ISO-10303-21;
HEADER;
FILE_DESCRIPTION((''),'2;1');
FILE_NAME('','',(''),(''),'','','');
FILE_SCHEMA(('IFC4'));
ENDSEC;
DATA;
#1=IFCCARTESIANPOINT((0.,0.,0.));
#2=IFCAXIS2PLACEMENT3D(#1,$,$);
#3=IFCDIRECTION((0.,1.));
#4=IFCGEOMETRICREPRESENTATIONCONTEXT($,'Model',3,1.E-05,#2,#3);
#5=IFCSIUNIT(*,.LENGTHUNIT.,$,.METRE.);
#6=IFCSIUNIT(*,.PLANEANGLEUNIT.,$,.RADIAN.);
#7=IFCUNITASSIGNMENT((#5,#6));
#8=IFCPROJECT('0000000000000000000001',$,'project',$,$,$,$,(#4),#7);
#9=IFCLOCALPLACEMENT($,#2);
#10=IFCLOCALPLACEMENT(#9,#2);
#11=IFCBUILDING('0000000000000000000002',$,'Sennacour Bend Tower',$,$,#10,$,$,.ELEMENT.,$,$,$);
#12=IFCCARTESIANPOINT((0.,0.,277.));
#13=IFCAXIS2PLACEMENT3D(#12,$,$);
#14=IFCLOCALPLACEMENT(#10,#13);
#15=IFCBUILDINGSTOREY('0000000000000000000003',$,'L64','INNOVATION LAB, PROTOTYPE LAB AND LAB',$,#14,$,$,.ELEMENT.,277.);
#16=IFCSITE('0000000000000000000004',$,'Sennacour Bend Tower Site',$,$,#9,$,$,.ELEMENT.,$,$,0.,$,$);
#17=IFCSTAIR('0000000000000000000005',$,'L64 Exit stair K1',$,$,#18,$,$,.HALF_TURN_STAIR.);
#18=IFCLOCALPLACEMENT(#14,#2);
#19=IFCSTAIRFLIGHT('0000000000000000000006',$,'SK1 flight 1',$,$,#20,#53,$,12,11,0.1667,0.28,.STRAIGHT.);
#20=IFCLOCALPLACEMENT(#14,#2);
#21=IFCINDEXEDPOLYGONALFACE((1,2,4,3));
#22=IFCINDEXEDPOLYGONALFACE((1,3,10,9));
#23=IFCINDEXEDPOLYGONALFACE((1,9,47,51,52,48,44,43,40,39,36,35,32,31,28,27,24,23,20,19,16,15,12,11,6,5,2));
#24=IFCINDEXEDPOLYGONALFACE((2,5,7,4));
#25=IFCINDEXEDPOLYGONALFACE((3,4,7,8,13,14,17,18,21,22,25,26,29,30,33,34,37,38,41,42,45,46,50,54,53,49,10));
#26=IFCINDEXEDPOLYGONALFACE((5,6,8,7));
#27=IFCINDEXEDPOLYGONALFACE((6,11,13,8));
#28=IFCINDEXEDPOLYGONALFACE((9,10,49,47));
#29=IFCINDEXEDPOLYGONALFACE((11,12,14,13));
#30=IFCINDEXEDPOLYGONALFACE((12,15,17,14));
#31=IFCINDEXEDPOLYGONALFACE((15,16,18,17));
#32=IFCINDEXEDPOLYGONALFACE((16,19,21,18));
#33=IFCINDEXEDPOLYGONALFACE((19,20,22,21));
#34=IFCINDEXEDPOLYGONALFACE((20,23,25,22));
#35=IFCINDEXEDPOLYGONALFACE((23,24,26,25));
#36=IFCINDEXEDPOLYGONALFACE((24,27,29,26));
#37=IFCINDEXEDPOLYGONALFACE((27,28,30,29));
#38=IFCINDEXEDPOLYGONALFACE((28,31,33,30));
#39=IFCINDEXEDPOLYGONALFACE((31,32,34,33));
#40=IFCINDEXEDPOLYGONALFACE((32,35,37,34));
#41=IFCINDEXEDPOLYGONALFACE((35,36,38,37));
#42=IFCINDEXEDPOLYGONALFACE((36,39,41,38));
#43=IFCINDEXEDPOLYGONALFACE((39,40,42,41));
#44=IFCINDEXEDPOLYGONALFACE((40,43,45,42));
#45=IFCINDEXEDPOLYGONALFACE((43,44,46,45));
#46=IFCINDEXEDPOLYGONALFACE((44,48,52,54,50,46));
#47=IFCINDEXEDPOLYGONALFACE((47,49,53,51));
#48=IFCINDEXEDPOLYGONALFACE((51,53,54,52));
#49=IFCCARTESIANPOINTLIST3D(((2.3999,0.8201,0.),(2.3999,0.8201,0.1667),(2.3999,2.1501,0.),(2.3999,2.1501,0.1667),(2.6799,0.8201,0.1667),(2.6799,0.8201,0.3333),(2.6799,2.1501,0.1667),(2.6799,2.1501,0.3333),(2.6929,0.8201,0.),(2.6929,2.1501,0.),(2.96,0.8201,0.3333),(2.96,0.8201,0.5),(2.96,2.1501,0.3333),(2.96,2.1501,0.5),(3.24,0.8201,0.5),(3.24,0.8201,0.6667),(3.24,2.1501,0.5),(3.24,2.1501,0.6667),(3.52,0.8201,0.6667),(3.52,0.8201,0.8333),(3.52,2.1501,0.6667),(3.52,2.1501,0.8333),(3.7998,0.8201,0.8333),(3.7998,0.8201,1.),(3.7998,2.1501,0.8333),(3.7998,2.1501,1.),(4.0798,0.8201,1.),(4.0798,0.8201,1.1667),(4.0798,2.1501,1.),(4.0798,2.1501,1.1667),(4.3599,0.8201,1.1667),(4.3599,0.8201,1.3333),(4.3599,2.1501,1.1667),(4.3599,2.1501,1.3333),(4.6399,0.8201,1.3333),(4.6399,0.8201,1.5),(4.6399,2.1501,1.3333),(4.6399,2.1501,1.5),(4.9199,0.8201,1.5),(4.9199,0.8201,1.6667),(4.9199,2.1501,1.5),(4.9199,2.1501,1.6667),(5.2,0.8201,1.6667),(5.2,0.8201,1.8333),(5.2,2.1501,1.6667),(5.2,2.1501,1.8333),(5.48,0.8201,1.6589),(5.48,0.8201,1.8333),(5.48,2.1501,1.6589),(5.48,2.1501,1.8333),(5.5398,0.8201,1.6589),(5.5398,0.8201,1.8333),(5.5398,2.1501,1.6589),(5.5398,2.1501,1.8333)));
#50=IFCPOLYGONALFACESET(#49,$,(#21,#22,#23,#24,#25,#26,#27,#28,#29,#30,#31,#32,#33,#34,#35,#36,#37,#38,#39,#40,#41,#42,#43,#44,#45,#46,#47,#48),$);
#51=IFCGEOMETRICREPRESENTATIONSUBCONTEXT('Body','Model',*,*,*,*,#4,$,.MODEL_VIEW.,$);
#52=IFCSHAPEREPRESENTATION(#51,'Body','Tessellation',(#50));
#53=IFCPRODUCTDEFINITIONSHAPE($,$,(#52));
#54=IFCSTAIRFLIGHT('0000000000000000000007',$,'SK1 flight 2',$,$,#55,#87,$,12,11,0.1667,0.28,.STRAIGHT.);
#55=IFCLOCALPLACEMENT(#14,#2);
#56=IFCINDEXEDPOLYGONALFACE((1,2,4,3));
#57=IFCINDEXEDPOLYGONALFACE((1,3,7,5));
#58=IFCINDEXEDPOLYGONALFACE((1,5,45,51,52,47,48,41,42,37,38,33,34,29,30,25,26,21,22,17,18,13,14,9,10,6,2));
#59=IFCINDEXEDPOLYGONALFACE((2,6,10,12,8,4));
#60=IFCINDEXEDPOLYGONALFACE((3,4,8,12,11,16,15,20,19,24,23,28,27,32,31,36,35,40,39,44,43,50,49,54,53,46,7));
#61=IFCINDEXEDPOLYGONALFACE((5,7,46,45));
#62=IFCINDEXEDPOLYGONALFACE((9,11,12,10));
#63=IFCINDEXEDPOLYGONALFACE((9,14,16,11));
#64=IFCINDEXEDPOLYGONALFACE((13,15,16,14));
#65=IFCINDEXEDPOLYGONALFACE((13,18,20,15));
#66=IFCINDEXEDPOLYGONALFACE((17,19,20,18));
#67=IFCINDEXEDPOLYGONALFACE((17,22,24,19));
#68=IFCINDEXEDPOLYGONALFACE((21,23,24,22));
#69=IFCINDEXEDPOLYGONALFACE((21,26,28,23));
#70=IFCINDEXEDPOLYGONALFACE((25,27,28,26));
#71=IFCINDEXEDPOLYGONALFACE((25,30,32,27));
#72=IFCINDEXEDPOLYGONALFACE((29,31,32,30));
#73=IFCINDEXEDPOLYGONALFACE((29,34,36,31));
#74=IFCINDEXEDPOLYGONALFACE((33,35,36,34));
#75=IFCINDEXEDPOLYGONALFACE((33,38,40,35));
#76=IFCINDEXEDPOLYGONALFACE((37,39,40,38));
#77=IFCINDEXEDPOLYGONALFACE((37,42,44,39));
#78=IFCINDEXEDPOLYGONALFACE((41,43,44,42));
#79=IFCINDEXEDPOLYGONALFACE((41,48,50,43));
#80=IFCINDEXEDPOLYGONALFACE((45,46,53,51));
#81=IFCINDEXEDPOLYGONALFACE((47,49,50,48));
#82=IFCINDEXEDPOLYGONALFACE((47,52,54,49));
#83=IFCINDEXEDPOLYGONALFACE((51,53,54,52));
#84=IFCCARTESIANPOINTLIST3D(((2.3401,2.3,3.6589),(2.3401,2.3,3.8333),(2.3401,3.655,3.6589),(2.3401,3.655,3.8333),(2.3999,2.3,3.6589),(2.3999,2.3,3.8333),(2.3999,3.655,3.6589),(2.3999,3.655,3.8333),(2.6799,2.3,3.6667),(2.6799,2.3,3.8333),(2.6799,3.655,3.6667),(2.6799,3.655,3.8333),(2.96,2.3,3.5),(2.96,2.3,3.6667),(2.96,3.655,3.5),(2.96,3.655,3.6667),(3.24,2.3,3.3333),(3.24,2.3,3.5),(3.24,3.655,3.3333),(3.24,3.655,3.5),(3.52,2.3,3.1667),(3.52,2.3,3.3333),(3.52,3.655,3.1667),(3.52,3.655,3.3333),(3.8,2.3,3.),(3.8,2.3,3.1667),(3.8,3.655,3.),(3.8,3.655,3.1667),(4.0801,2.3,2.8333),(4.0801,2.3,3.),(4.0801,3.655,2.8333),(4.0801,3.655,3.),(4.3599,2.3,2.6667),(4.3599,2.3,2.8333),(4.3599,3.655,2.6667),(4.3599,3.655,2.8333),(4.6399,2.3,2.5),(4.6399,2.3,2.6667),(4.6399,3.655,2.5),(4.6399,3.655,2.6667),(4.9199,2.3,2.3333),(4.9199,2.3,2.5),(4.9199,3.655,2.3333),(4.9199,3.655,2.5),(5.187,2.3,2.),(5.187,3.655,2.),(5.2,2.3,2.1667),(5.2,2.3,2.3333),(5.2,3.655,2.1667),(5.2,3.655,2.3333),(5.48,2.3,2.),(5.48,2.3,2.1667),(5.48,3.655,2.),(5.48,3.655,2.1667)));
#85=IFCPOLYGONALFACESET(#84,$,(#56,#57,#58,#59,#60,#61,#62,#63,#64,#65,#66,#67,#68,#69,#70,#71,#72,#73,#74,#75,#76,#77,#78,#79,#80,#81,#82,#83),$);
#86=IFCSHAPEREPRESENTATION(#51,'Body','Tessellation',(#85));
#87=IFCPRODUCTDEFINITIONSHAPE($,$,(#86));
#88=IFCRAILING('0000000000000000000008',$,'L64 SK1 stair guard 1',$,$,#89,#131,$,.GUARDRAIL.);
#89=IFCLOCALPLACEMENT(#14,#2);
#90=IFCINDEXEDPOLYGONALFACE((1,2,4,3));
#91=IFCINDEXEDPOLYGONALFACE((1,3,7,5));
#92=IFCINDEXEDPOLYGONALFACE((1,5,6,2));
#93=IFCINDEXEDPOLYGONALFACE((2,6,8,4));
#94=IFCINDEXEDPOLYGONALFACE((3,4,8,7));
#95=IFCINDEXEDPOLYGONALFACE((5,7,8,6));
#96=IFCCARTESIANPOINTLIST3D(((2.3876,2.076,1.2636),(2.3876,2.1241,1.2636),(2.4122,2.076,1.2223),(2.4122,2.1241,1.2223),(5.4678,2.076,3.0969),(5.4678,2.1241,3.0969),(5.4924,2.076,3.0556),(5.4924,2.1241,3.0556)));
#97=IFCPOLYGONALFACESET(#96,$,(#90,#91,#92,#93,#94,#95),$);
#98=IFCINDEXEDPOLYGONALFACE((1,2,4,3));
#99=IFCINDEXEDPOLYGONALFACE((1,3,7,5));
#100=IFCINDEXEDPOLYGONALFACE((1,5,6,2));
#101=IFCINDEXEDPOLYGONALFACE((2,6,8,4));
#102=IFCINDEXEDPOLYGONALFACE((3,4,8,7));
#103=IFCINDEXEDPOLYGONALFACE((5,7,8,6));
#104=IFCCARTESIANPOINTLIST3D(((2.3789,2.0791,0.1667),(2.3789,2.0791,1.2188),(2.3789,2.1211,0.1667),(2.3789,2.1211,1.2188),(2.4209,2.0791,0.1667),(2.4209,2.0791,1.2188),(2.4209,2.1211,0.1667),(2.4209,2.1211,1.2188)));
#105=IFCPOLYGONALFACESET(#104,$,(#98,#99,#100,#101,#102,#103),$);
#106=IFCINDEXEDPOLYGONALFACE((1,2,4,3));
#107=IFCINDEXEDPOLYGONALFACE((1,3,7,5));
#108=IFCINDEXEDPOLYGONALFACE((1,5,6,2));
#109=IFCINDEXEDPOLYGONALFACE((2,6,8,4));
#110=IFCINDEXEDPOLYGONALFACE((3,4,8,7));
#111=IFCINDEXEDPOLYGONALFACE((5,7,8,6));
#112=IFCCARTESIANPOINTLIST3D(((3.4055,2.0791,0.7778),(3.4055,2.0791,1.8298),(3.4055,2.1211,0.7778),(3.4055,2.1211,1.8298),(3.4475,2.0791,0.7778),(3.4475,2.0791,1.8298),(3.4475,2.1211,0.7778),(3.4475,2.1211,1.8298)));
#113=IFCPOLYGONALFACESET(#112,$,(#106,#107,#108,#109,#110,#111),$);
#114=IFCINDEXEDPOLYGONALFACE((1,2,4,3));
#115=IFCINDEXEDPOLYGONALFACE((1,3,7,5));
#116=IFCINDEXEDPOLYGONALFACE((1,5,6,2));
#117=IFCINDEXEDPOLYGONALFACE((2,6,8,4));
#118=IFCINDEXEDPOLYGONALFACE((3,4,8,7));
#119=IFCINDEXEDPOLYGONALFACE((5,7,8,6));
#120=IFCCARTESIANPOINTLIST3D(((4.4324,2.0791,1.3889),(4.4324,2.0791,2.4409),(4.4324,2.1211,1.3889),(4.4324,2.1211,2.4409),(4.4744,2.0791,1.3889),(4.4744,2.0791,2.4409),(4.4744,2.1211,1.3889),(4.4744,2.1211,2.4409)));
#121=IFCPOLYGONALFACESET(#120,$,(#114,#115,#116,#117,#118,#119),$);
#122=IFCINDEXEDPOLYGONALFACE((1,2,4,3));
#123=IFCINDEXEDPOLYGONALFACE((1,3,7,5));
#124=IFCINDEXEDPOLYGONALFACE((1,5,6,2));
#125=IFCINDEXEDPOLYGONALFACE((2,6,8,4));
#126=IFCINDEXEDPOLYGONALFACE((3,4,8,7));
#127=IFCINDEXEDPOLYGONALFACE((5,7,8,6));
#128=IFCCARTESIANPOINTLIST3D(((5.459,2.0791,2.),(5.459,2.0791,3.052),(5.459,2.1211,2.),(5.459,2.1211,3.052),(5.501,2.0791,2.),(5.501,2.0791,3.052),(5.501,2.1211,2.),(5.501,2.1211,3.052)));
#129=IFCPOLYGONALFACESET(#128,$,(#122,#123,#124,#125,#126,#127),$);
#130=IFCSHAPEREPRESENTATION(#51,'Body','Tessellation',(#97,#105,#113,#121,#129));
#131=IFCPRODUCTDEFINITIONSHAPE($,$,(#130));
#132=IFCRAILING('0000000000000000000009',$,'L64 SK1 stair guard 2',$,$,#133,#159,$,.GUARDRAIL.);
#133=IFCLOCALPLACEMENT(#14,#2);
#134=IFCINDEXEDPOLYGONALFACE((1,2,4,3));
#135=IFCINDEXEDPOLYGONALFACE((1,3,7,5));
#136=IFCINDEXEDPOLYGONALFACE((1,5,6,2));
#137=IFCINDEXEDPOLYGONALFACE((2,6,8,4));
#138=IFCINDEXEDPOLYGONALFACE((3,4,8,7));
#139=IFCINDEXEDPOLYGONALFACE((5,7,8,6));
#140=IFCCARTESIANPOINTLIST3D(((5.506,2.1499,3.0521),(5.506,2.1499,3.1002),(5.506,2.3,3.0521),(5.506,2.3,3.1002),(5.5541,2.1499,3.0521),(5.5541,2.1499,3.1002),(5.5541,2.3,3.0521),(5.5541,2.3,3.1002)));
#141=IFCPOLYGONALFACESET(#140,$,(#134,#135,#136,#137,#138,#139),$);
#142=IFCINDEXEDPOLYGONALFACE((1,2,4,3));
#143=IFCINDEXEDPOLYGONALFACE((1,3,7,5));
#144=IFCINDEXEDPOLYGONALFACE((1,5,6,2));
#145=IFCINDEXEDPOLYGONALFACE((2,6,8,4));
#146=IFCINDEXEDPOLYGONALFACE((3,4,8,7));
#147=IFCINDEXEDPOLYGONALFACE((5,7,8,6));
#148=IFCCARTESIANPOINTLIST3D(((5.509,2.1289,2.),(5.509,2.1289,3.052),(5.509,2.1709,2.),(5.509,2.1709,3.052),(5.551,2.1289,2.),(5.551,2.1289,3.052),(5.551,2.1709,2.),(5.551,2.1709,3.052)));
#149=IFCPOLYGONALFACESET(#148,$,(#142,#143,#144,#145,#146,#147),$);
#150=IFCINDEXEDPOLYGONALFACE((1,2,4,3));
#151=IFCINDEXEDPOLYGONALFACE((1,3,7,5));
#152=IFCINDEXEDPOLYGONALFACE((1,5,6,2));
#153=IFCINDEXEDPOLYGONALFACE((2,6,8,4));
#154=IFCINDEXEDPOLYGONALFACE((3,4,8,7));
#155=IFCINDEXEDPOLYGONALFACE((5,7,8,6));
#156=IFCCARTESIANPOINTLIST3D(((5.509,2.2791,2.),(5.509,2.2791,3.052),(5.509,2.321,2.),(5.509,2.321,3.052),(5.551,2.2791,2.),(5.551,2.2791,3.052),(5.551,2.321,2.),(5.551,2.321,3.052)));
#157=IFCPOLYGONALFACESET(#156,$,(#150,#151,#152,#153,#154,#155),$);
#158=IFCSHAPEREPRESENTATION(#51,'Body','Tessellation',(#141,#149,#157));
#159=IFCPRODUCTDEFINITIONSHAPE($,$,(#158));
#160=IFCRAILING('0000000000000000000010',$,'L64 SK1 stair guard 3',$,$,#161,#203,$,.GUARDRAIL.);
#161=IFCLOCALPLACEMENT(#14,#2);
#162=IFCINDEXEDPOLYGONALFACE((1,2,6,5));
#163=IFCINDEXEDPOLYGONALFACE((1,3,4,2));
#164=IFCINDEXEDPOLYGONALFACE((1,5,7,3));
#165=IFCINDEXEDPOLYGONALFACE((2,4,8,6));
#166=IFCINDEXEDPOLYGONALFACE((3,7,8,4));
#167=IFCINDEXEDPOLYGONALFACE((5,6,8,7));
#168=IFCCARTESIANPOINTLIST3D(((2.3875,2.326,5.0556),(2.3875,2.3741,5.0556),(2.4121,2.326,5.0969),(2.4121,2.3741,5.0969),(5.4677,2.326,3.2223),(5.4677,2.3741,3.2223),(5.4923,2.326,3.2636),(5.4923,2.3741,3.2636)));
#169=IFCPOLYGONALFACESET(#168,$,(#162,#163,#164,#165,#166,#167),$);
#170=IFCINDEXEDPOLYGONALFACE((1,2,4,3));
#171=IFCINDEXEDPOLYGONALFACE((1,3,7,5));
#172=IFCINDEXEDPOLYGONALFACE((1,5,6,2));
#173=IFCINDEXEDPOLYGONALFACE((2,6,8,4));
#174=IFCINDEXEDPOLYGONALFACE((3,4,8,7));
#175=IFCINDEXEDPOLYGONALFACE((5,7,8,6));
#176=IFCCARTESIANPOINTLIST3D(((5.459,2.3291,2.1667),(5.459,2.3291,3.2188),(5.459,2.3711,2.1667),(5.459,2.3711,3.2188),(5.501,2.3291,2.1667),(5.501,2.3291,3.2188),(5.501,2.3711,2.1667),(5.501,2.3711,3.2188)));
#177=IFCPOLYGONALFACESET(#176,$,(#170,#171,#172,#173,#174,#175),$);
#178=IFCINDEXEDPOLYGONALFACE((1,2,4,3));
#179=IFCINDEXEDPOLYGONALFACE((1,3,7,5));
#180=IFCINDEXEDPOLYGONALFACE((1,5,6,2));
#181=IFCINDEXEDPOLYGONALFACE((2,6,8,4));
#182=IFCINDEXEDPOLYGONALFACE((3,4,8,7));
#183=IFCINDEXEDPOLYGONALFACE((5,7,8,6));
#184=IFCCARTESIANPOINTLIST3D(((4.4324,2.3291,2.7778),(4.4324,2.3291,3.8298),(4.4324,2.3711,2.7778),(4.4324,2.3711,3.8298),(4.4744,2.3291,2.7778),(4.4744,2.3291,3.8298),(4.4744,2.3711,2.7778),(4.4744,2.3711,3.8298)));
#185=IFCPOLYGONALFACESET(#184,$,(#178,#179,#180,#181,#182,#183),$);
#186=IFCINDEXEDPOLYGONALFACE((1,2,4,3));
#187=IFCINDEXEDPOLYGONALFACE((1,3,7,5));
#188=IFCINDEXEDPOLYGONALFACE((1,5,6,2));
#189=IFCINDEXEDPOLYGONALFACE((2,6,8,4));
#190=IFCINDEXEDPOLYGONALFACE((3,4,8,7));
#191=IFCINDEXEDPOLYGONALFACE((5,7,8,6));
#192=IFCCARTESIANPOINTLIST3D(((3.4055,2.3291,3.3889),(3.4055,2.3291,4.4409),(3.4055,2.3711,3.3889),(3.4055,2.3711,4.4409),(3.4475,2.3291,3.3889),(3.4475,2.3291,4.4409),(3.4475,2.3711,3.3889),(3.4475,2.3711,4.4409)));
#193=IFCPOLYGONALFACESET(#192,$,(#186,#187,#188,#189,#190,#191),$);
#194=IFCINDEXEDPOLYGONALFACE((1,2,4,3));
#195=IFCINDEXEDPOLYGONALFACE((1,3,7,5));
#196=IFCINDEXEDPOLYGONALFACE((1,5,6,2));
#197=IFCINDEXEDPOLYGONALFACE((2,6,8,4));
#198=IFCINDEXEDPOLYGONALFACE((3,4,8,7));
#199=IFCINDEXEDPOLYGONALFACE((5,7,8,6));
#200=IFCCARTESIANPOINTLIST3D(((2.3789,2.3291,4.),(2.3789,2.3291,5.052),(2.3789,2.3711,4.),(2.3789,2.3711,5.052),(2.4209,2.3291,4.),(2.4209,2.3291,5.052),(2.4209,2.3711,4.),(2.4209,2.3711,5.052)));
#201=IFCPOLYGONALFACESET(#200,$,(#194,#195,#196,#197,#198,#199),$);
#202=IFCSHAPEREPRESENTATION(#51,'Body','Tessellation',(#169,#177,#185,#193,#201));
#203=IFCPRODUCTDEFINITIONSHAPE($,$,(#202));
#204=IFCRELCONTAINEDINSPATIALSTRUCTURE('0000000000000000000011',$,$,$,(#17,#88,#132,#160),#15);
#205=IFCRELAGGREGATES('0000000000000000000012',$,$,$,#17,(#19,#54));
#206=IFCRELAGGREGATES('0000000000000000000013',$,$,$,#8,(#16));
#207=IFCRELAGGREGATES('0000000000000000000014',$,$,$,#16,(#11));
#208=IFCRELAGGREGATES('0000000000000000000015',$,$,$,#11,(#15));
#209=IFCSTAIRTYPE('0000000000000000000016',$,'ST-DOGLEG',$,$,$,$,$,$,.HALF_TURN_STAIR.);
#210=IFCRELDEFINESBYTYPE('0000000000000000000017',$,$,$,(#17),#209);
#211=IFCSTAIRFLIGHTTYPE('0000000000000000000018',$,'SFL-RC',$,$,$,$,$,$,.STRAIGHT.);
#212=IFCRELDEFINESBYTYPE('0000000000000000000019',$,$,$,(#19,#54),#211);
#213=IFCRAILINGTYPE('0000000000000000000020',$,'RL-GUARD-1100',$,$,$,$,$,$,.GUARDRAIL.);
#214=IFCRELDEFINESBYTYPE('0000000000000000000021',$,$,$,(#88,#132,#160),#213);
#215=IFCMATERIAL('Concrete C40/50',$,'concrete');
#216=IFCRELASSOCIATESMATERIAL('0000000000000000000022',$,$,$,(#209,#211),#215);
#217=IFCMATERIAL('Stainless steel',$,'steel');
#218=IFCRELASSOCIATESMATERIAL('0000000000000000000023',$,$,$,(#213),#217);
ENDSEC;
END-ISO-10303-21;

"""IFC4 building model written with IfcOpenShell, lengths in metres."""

from ifc_helpers import new_model, si_unit, direction, frame, origin, origin_2d, place, context, subcontext, project, spatial, polyline, rectangle, outline, extrude, material, type_object, element, aggregate, save


model = new_model("IFC4")

# Units and contexts
model_context = context("Model", 3, precision=1e-05, world=origin(), true_north=direction((0.0, 1.0)))
body_context = subcontext(model_context, "Body", "Model", "MODEL_VIEW")
ifc_project = project(units=[si_unit("LENGTHUNIT", "METRE"), si_unit("PLANEANGLEUNIT", "RADIAN")], contexts=[model_context])

# Site, building, storey
site_placement = place(None, origin())
site = spatial("IfcSite", under=ifc_project, at=site_placement, Name="Sennacour Bend Tower Site", CompositionType="ELEMENT", RefElevation=0.0)
building_placement = place(site_placement, origin())
building = spatial("IfcBuilding", under=site, at=building_placement, Name="Sennacour Bend Tower", CompositionType="ELEMENT")
storey_placement = place(building_placement, frame((0.0, 0.0, 277.0)))
storey = spatial("IfcBuildingStorey", under=building, at=storey_placement, Name="L64", Description="INNOVATION LAB, PROTOTYPE LAB AND LAB", CompositionType="ELEMENT", Elevation=277.0)

# Shared definitions
ifc_material_1 = material(Name="Concrete C40/50", Category="concrete")

# Stair
stair_type = type_object("IfcStairType", Name="ST-DOGLEG", PredefinedType="HALF_TURN_STAIR", material=ifc_material_1)
stair_1_placement = place(storey_placement, origin())
stair_1 = element("IfcStair", 1, at=stair_1_placement, inside=storey, type_object=stair_type, Name="L64 Exit stair K1", PredefinedType="HALF_TURN_STAIR")

# Stair flights
stair_flight_type = type_object("IfcStairFlightType", Name="SFL-RC", PredefinedType="STRAIGHT", material=ifc_material_1)
stair_flight_1_placement = place(storey_placement, frame((2.3999, 1.4851, 0.0), z_axis=(0.0, 0.0, 1.0), x_axis=(1.0, 0.0, 0.0)))
stair_flight_1 = element("IfcStairFlight", 2, at=stair_flight_1_placement, type_object=stair_flight_type, Name="SK1 flight 1", NumberOfRisers=12, NumberOfTreads=11, PredefinedType="STRAIGHT", RiserHeight=0.1667, TreadLength=0.28, context=body_context, shape_type="SweptSolid", body=[
    extrude(outline(polyline([(0.0, 0.0), (0.0, 0.1667), (0.28, 0.1667), (0.28, 0.3333), (0.5601, 0.3333), (0.5601, 0.5), (0.8401, 0.5), (0.8401, 0.6667), (1.1201, 0.6667), (1.1201, 0.8333), (1.3999, 0.8333), (1.3999, 1.0), (1.6799, 1.0), (1.6799, 1.1667), (1.96, 1.1667), (1.96, 1.3333), (2.24, 1.3333), (2.24, 1.5), (2.52, 1.5), (2.52, 1.6667), (2.8, 1.6667), (2.8, 1.8333), (3.0801, 1.8333), (3.1399, 1.8333), (3.1399, 1.6589), (3.0801, 1.6589), (0.293, 0.0), (0.0, 0.0)])), frame((0.0, 0.665, 0.0), z_axis=(0.0, -1.0, 0.0), x_axis=(1.0, 0.0, 0.0)), (0.0, 0.0, 1.0), 1.3301),
])
stair_flight_2_placement = place(storey_placement, frame((5.48, 2.9775, 2.0), z_axis=(0.0, 0.0, 1.0), x_axis=(-1.0, 0.0, 0.0)))
stair_flight_2 = element("IfcStairFlight", 3, at=stair_flight_2_placement, type_object=stair_flight_type, Name="SK1 flight 2", NumberOfRisers=12, NumberOfTreads=11, PredefinedType="STRAIGHT", RiserHeight=0.1667, TreadLength=0.28, context=body_context, shape_type="SweptSolid", body=[
    extrude(outline(polyline([(0.0, 0.0), (0.0, 0.1667), (0.28, 0.1667), (0.28, 0.3333), (0.5601, 0.3333), (0.5601, 0.5), (0.8401, 0.5), (0.8401, 0.6667), (1.1201, 0.6667), (1.1201, 0.8333), (1.3999, 0.8333), (1.3999, 1.0), (1.6799, 1.0), (1.6799, 1.1667), (1.96, 1.1667), (1.96, 1.3333), (2.24, 1.3333), (2.24, 1.5), (2.52, 1.5), (2.52, 1.6667), (2.8, 1.6667), (2.8, 1.8333), (3.0801, 1.8333), (3.1399, 1.8333), (3.1399, 1.6589), (3.0801, 1.6589), (0.293, 0.0), (0.0, 0.0)])), frame((0.0, 0.6775, 0.0), z_axis=(0.0, -1.0, 0.0), x_axis=(1.0, 0.0, 0.0)), (0.0, 0.0, 1.0), 1.355),
])
aggregate(stair_1, [stair_flight_1, stair_flight_2])

# Railings
ifc_material_2 = material(Name="Stainless steel", Category="steel")
railing_type_1 = type_object("IfcRailingType", Name="RL-GUARD-1100", PredefinedType="GUARDRAIL", material=ifc_material_2)
railing_1_placement = place(storey_placement, frame((2.3999, 2.1001, 0.1667)))
element("IfcRailing", 4, at=railing_1_placement, inside=storey, type_object=railing_type_1, Name="L64 SK1 stair guard 1", PredefinedType="GUARDRAIL", context=body_context, shape_type="SweptSolid", body=[
    extrude(rectangle(XDim=0.0481, YDim=0.0481, at=origin_2d()), frame((0.0, 0.0, 1.0762), z_axis=(0.859309, 0.0, 0.511458), x_axis=(0.0, 1.0, 0.0)), (0.0, 0.0, 1.0), 3.5845),
    extrude(rectangle(XDim=0.042, YDim=0.042, at=origin_2d()), origin(), (0.0, 0.0, 1.0), 1.052),
    extrude(rectangle(XDim=0.042, YDim=0.042, at=origin_2d()), frame((1.0266, 0.0, 0.6111)), (0.0, 0.0, 1.0), 1.052),
    extrude(rectangle(XDim=0.042, YDim=0.042, at=origin_2d()), frame((2.0535, 0.0, 1.2222)), (0.0, 0.0, 1.0), 1.052),
    extrude(rectangle(XDim=0.042, YDim=0.042, at=origin_2d()), frame((3.0801, 0.0, 1.8333)), (0.0, 0.0, 1.0), 1.052),
])
railing_2_placement = place(storey_placement, frame((5.53, 2.1499, 2.0)))
element("IfcRailing", 5, at=railing_2_placement, inside=storey, type_object=railing_type_1, Name="L64 SK1 stair guard 2", PredefinedType="GUARDRAIL", context=body_context, shape_type="SweptSolid", body=[
    extrude(rectangle(XDim=0.0481, YDim=0.0481, at=origin_2d()), frame((0.0, 0.0, 1.0762), z_axis=(0.0, 1.0, 0.0), x_axis=(-1.0, 0.0, 0.0)), (0.0, 0.0, 1.0), 0.1501),
    extrude(rectangle(XDim=0.042, YDim=0.042, at=origin_2d()), origin(), (0.0, 0.0, 1.0), 1.052),
    extrude(rectangle(XDim=0.042, YDim=0.042, at=origin_2d()), frame((0.0, 0.1501, 0.0)), (0.0, 0.0, 1.0), 1.052),
])
railing_3_placement = place(storey_placement, frame((5.48, 2.3501, 2.1667)))
element("IfcRailing", 6, at=railing_3_placement, inside=storey, type_object=railing_type_1, Name="L64 SK1 stair guard 3", PredefinedType="GUARDRAIL", context=body_context, shape_type="SweptSolid", body=[
    extrude(rectangle(XDim=0.0481, YDim=0.0481, at=origin_2d()), frame((0.0, 0.0, 1.0762), z_axis=(-0.859309, 0.0, 0.511458), x_axis=(0.0, -1.0, 0.0)), (0.0, 0.0, 1.0), 3.5845),
    extrude(rectangle(XDim=0.042, YDim=0.042, at=origin_2d()), origin(), (0.0, 0.0, 1.0), 1.052),
    extrude(rectangle(XDim=0.042, YDim=0.042, at=origin_2d()), frame((-1.0266, 0.0, 0.6111)), (0.0, 0.0, 1.0), 1.052),
    extrude(rectangle(XDim=0.042, YDim=0.042, at=origin_2d()), frame((-2.0535, 0.0, 1.2222)), (0.0, 0.0, 1.0), 1.052),
    extrude(rectangle(XDim=0.042, YDim=0.042, at=origin_2d()), frame((-3.0801, 0.0, 1.8333)), (0.0, 0.0, 1.0), 1.052),
])

save(model, "model.ifc")
